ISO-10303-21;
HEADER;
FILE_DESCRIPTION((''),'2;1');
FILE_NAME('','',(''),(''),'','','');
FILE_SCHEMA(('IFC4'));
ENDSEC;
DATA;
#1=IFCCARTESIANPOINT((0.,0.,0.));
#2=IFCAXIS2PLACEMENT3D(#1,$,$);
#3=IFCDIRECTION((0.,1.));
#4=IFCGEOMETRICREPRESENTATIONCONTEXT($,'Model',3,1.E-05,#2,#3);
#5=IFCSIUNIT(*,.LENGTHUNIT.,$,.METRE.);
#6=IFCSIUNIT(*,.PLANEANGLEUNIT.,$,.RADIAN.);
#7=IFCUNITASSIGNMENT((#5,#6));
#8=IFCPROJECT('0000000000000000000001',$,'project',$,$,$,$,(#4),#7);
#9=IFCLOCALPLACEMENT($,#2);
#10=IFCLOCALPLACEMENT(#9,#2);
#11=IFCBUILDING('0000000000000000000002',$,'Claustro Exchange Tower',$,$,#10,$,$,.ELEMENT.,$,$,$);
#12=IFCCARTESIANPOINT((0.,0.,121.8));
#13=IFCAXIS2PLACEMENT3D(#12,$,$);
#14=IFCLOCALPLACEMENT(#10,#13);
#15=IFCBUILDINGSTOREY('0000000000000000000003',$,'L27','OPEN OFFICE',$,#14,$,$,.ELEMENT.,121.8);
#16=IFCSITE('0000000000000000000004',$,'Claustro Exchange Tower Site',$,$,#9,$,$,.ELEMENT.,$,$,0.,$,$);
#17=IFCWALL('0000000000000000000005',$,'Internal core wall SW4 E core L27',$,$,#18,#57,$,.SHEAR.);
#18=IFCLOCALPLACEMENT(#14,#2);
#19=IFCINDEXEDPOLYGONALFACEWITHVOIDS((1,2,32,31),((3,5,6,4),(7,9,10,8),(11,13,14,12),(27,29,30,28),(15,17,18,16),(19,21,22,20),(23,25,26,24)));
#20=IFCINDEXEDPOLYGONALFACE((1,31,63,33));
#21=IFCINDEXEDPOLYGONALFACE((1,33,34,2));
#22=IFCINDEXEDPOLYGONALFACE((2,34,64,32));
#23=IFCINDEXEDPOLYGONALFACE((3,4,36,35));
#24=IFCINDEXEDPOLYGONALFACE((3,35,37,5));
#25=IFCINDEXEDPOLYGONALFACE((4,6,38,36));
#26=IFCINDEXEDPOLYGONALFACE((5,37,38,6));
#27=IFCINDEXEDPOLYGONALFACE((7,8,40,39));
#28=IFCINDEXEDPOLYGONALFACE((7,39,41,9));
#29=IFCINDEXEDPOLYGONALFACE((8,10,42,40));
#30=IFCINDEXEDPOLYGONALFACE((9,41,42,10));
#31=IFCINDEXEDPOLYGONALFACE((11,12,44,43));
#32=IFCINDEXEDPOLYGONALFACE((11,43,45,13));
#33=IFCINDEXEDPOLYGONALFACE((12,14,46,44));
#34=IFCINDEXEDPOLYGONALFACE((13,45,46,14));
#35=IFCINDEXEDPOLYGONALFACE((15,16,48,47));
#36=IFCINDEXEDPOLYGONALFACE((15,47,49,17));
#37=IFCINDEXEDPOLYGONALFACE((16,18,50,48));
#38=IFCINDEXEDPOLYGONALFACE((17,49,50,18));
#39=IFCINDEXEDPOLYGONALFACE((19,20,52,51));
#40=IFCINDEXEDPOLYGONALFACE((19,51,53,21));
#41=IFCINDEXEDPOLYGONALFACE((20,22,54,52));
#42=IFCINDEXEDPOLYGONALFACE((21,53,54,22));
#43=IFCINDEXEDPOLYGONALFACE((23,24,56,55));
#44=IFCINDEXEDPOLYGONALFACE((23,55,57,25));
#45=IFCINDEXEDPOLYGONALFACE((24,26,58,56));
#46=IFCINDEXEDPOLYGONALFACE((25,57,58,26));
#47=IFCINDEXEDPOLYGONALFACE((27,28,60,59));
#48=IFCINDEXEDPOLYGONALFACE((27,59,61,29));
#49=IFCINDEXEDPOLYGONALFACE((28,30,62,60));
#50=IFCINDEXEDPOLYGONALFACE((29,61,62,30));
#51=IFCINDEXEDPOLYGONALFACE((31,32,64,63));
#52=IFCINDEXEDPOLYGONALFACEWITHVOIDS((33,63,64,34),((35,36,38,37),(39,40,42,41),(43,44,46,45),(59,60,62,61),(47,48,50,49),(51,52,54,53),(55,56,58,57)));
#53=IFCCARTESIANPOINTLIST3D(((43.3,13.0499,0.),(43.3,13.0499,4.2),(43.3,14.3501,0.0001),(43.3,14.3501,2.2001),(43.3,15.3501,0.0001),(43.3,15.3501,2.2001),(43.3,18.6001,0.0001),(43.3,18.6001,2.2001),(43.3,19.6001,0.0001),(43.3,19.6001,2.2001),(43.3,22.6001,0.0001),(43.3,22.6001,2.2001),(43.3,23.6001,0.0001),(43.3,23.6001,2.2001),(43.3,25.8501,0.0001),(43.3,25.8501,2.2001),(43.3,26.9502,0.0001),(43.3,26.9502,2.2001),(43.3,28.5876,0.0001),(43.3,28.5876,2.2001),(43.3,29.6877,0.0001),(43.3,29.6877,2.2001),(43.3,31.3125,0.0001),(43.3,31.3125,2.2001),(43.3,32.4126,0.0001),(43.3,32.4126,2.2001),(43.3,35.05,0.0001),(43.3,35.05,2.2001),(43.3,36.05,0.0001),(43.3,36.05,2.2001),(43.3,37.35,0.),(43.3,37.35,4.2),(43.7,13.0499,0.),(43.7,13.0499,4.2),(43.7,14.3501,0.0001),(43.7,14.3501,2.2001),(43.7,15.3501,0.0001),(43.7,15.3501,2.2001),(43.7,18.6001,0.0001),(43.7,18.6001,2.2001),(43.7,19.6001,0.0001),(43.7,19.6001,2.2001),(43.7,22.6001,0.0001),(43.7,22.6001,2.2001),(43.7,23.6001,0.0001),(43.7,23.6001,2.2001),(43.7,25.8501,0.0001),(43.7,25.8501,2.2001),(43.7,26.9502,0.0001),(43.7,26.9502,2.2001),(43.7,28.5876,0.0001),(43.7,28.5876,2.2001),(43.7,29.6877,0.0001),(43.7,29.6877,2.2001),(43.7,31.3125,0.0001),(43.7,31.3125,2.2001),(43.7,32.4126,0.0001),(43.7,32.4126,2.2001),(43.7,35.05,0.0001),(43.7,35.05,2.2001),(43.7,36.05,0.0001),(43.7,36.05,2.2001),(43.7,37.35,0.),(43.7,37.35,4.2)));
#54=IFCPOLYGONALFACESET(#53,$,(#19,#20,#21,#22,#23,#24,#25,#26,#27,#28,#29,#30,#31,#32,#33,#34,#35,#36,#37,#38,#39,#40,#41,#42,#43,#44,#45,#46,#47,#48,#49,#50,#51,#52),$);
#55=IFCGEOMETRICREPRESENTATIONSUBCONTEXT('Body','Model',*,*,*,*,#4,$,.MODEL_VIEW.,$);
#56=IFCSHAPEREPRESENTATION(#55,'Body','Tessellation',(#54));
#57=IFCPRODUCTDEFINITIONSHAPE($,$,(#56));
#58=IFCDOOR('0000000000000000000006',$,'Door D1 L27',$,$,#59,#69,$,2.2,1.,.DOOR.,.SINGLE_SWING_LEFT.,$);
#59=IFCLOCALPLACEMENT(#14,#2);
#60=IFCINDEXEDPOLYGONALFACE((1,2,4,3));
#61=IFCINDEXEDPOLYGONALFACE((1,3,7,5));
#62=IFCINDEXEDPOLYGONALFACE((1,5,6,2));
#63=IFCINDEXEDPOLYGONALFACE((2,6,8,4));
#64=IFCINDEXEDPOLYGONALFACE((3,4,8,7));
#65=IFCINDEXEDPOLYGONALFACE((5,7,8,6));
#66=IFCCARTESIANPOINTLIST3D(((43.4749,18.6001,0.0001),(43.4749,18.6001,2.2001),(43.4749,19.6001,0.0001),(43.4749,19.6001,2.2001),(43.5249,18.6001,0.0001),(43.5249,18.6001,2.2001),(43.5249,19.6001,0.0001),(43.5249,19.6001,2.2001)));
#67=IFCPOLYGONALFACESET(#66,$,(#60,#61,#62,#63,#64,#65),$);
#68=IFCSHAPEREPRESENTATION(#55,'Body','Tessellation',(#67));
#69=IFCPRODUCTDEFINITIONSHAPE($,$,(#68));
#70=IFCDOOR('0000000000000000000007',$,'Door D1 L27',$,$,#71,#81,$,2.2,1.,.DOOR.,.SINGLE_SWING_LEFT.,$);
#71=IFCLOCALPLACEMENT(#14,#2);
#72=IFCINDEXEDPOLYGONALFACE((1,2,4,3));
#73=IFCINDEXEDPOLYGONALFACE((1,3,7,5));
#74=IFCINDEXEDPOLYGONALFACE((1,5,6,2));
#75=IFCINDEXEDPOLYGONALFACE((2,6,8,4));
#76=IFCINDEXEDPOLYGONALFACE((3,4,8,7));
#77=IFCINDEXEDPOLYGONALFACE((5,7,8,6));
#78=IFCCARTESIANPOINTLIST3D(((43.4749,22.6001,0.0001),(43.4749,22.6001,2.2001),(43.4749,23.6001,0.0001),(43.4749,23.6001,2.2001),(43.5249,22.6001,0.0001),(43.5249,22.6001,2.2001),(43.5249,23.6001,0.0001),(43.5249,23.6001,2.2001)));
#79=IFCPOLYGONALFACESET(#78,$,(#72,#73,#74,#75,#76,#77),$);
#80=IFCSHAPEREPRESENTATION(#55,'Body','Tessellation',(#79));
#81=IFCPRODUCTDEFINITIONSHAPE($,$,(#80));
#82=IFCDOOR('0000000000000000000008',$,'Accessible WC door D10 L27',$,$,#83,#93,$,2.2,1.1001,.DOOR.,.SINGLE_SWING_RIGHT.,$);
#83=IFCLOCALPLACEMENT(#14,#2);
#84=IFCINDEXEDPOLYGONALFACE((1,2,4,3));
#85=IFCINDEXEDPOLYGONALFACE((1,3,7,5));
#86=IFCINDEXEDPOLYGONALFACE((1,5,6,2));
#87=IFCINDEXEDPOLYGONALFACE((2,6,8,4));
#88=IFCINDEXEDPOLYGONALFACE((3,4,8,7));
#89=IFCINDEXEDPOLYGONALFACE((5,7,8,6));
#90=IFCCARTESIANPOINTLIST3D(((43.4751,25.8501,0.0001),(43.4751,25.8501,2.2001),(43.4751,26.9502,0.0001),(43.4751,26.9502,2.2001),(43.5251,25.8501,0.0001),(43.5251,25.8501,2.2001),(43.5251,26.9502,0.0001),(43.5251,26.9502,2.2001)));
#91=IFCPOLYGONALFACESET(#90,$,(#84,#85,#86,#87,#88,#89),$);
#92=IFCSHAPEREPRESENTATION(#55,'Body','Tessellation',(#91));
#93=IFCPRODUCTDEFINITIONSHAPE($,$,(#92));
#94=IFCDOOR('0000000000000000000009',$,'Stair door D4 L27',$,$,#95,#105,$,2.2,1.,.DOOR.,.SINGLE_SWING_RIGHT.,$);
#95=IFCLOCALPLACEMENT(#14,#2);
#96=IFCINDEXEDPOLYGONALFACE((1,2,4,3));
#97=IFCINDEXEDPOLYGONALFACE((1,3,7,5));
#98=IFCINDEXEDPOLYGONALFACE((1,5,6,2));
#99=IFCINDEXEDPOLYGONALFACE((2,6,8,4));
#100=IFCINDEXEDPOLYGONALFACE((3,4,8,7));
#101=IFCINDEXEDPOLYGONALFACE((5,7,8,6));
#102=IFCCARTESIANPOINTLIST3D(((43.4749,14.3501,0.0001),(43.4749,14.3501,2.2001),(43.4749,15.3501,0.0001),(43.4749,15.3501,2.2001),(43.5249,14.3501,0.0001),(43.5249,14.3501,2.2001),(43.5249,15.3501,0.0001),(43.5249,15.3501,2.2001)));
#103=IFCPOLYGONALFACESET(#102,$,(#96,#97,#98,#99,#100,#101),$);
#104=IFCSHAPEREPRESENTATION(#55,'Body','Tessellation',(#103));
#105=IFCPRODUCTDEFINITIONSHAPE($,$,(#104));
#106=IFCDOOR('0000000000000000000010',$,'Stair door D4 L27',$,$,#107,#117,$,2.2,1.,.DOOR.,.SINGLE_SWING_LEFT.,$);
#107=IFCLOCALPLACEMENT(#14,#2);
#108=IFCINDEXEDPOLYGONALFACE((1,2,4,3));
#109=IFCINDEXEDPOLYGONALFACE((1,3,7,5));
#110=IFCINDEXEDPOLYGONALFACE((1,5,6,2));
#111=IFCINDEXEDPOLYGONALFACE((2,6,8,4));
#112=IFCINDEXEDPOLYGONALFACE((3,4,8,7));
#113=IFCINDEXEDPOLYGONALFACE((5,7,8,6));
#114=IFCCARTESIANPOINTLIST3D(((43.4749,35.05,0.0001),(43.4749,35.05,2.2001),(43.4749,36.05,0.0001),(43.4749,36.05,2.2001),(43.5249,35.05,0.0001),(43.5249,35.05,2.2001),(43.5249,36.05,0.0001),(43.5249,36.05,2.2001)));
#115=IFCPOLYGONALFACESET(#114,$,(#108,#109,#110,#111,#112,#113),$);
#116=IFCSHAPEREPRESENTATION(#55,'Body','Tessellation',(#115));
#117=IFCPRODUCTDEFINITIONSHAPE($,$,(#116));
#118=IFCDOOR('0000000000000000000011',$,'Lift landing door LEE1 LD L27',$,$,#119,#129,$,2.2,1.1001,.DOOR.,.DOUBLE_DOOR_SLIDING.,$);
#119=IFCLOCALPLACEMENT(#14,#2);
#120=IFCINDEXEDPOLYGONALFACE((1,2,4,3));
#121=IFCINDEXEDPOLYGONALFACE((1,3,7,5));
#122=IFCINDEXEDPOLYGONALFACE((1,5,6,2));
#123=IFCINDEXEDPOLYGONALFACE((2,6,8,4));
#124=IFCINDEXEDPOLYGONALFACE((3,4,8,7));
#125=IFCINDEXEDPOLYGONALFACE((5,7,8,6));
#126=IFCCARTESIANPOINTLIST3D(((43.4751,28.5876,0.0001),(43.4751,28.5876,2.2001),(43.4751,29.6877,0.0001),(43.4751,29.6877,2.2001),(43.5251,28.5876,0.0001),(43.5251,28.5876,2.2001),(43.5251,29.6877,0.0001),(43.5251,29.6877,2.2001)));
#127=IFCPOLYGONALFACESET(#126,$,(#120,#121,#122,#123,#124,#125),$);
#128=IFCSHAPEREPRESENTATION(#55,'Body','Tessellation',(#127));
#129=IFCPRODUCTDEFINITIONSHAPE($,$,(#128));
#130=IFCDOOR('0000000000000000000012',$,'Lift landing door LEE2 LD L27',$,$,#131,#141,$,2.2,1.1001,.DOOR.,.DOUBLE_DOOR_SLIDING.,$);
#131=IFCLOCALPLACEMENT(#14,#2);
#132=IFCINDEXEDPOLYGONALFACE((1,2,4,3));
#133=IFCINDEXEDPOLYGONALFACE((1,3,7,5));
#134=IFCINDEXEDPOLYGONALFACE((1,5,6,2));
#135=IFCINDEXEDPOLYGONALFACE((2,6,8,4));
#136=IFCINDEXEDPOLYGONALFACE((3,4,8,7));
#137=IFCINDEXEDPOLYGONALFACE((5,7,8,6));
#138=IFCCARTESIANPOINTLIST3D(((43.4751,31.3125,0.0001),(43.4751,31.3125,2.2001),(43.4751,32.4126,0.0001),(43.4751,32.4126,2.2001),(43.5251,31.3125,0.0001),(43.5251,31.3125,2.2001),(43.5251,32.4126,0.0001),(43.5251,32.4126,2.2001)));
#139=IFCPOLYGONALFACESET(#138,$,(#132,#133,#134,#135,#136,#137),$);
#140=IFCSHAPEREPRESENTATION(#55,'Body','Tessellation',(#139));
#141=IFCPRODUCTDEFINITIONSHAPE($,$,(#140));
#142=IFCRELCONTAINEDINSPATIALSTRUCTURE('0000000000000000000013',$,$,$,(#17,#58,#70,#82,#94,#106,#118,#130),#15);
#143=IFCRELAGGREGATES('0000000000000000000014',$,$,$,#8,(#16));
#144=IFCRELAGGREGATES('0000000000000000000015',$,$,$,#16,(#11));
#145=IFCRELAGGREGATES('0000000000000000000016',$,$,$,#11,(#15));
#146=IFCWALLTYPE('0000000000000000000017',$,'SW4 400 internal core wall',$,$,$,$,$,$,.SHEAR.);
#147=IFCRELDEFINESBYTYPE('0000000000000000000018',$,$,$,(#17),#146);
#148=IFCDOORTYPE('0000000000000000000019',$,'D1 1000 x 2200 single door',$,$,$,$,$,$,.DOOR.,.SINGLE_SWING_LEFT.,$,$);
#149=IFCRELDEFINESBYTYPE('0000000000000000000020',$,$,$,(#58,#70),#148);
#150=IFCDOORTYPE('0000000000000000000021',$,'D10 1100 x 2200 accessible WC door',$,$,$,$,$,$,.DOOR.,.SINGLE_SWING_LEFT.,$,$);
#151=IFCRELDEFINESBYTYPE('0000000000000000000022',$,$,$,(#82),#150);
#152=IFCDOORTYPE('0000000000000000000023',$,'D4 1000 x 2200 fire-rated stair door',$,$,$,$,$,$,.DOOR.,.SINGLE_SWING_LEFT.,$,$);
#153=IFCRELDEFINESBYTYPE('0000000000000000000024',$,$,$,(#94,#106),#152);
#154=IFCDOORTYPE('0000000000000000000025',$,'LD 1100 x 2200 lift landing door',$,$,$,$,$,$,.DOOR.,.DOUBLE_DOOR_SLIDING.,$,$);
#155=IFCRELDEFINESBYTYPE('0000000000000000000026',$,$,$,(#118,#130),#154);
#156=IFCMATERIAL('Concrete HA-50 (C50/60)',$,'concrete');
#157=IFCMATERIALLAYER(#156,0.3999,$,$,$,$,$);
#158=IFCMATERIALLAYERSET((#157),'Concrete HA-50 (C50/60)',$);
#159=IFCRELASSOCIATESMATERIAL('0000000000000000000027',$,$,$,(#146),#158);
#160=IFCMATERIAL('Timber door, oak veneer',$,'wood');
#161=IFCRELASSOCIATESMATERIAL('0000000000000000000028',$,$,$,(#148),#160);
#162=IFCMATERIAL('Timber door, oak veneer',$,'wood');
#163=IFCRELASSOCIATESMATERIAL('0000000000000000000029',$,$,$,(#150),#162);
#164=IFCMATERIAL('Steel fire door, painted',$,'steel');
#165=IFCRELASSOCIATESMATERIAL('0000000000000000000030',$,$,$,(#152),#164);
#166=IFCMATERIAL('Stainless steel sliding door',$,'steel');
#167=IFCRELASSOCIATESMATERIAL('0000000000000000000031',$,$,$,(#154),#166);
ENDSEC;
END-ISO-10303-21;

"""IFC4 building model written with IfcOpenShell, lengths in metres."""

from ifc_helpers import new_model, si_unit, direction, frame, frame_2d, origin, place, context, subcontext, project, spatial, rectangle, extrude, material, layer, layer_set, type_object, element, fill, save


model = new_model("IFC4")

# Units and contexts
model_context = context("Model", 3, precision=1e-05, world=origin(), true_north=direction((0.0, 1.0)))
body_context = subcontext(model_context, "Body", "Model", "MODEL_VIEW")
ifc_project = project(units=[si_unit("LENGTHUNIT", "METRE"), si_unit("PLANEANGLEUNIT", "RADIAN")], contexts=[model_context])

# Site, building, storey
site_placement = place(None, origin())
site = spatial("IfcSite", under=ifc_project, at=site_placement, Name="Claustro Exchange Tower Site", CompositionType="ELEMENT", RefElevation=0.0)
building_placement = place(site_placement, origin())
building = spatial("IfcBuilding", under=site, at=building_placement, Name="Claustro Exchange Tower", CompositionType="ELEMENT")
storey_placement = place(building_placement, frame((0.0, 0.0, 121.8)))
storey = spatial("IfcBuildingStorey", under=building, at=storey_placement, Name="L27", Description="OPEN OFFICE", CompositionType="ELEMENT", Elevation=121.8)

# Wall, openings, doors
ifc_material_1 = material(Name="Concrete HA-50 (C50/60)", Category="concrete")
ifc_layer_1 = layer(ifc_material_1, 0.3999)
ifc_layer_set_1 = layer_set([ifc_layer_1], Name="Concrete HA-50 (C50/60)")
wall_type_1 = type_object("IfcWallType", Name="SW4 400 internal core wall", PredefinedType="SHEAR", material=ifc_layer_set_1)
wall_1_placement = place(storey_placement, frame((43.5, 13.05, 0.0), z_axis=(0.0, 0.0, 1.0), x_axis=(0.0, 1.0, 0.0)))
wall_1 = element("IfcWall", 1, at=wall_1_placement, inside=storey, type_object=wall_type_1, Name="Internal core wall SW4 E core L27", PredefinedType="SHEAR", context=body_context, shape_type="SweptSolid", body=[
    extrude(rectangle(XDim=24.3, YDim=0.3999, at=frame_2d((12.1499, 0.0))), origin(), (0.0, 0.0, 1.0), 4.2),
])
opening_1_placement = place(wall_1_placement, frame((1.3, 0.0, 0.0)))
opening_1 = element("IfcOpeningElement", 2, at=opening_1_placement, cuts=wall_1, PredefinedType="OPENING", context=body_context, shape_type="SweptSolid", body=[
    extrude(rectangle(XDim=1.0, YDim=2.2, at=frame_2d((0.5, 1.1001))), frame((0.0, 0.21, 0.0), z_axis=(0.0, -1.0, 0.0), x_axis=(1.0, 0.0, 0.0)), (0.0, 0.0, 1.0), 0.4199),
])
opening_2_placement = place(wall_1_placement, frame((22.0, 0.0, 0.0)))
opening_2 = element("IfcOpeningElement", 3, at=opening_2_placement, cuts=wall_1, PredefinedType="OPENING", context=body_context, shape_type="SweptSolid", body=[
    extrude(rectangle(XDim=1.0, YDim=2.2, at=frame_2d((0.5, 1.1001))), frame((0.0, 0.21, 0.0), z_axis=(0.0, -1.0, 0.0), x_axis=(1.0, 0.0, 0.0)), (0.0, 0.0, 1.0), 0.4199),
])
opening_3_placement = place(wall_1_placement, frame((5.55, 0.0, 0.0)))
opening_3 = element("IfcOpeningElement", 4, at=opening_3_placement, cuts=wall_1, PredefinedType="OPENING", context=body_context, shape_type="SweptSolid", body=[
    extrude(rectangle(XDim=1.0, YDim=2.2, at=frame_2d((0.5, 1.1001))), frame((0.0, 0.21, 0.0), z_axis=(0.0, -1.0, 0.0), x_axis=(1.0, 0.0, 0.0)), (0.0, 0.0, 1.0), 0.4199),
])
opening_4_placement = place(wall_1_placement, frame((9.55, 0.0, 0.0)))
opening_4 = element("IfcOpeningElement", 5, at=opening_4_placement, cuts=wall_1, PredefinedType="OPENING", context=body_context, shape_type="SweptSolid", body=[
    extrude(rectangle(XDim=1.0, YDim=2.2, at=frame_2d((0.5, 1.1001))), frame((0.0, 0.21, 0.0), z_axis=(0.0, -1.0, 0.0), x_axis=(1.0, 0.0, 0.0)), (0.0, 0.0, 1.0), 0.4199),
])
opening_5_placement = place(wall_1_placement, frame((12.8, 0.0, 0.0)))
opening_5 = element("IfcOpeningElement", 6, at=opening_5_placement, cuts=wall_1, PredefinedType="OPENING", context=body_context, shape_type="SweptSolid", body=[
    extrude(rectangle(XDim=1.1001, YDim=2.2, at=frame_2d((0.55, 1.1001))), frame((0.0, 0.21, 0.0), z_axis=(0.0, -1.0, 0.0), x_axis=(1.0, 0.0, 0.0)), (0.0, 0.0, 1.0), 0.4199),
])
opening_6_placement = place(wall_1_placement, frame((15.5376, 0.0, 0.0)))
opening_6 = element("IfcOpeningElement", 7, at=opening_6_placement, cuts=wall_1, PredefinedType="OPENING", context=body_context, shape_type="SweptSolid", body=[
    extrude(rectangle(XDim=1.1001, YDim=2.2, at=frame_2d((0.55, 1.1001))), frame((0.0, 0.21, 0.0), z_axis=(0.0, -1.0, 0.0), x_axis=(1.0, 0.0, 0.0)), (0.0, 0.0, 1.0), 0.4199),
])
opening_7_placement = place(wall_1_placement, frame((18.2625, 0.0, 0.0)))
opening_7 = element("IfcOpeningElement", 8, at=opening_7_placement, cuts=wall_1, PredefinedType="OPENING", context=body_context, shape_type="SweptSolid", body=[
    extrude(rectangle(XDim=1.1001, YDim=2.2, at=frame_2d((0.55, 1.1001))), frame((0.0, 0.21, 0.0), z_axis=(0.0, -1.0, 0.0), x_axis=(1.0, 0.0, 0.0)), (0.0, 0.0, 1.0), 0.4199),
])
ifc_material_2 = material(Name="Timber door, oak veneer", Category="wood")
door_type_1 = type_object("IfcDoorType", Name="D1 1000 x 2200 single door", OperationType="SINGLE_SWING_LEFT", PredefinedType="DOOR", material=ifc_material_2)
door_1_placement = place(opening_3_placement, frame((1.0, 0.0, 0.0), z_axis=(0.0, 0.0, 1.0), x_axis=(-1.0, 0.0, 0.0)))
door_1 = element("IfcDoor", 9, at=door_1_placement, inside=storey, type_object=door_type_1, Name="Door D1 L27", OperationType="SINGLE_SWING_LEFT", OverallHeight=2.2, OverallWidth=1.0, PredefinedType="DOOR", context=body_context, shape_type="SweptSolid", body=[
    extrude(rectangle(XDim=1.0, YDim=2.2, at=frame_2d((0.5, 1.1001))), frame((0.0, 0.0249, 0.0), z_axis=(0.0, -1.0, 0.0), x_axis=(1.0, 0.0, 0.0)), (0.0, 0.0, 1.0), 0.05),
])
fill(opening_3, door_1)
door_2_placement = place(opening_4_placement, frame((1.0, 0.0, 0.0), z_axis=(0.0, 0.0, 1.0), x_axis=(-1.0, 0.0, 0.0)))
door_2 = element("IfcDoor", 10, at=door_2_placement, inside=storey, type_object=door_type_1, Name="Door D1 L27", OperationType="SINGLE_SWING_LEFT", OverallHeight=2.2, OverallWidth=1.0, PredefinedType="DOOR", context=body_context, shape_type="SweptSolid", body=[
    extrude(rectangle(XDim=1.0, YDim=2.2, at=frame_2d((0.5, 1.1001))), frame((0.0, 0.0249, 0.0), z_axis=(0.0, -1.0, 0.0), x_axis=(1.0, 0.0, 0.0)), (0.0, 0.0, 1.0), 0.05),
])
fill(opening_4, door_2)
ifc_material_3 = material(Name="Timber door, oak veneer", Category="wood")
door_type_2 = type_object("IfcDoorType", Name="D10 1100 x 2200 accessible WC door", OperationType="SINGLE_SWING_LEFT", PredefinedType="DOOR", material=ifc_material_3)
door_3_placement = place(opening_5_placement, origin())
door_3 = element("IfcDoor", 11, at=door_3_placement, inside=storey, type_object=door_type_2, Name="Accessible WC door D10 L27", OperationType="SINGLE_SWING_RIGHT", OverallHeight=2.2, OverallWidth=1.1001, PredefinedType="DOOR", context=body_context, shape_type="SweptSolid", body=[
    extrude(rectangle(XDim=1.1001, YDim=2.2, at=frame_2d((0.55, 1.1001))), frame((0.0, 0.0249, 0.0), z_axis=(0.0, -1.0, 0.0), x_axis=(1.0, 0.0, 0.0)), (0.0, 0.0, 1.0), 0.05),
])
fill(opening_5, door_3)
ifc_material_4 = material(Name="Steel fire door, painted", Category="steel")
door_type_3 = type_object("IfcDoorType", Name="D4 1000 x 2200 fire-rated stair door", OperationType="SINGLE_SWING_LEFT", PredefinedType="DOOR", material=ifc_material_4)
door_4_placement = place(opening_1_placement, frame((1.0, 0.0, 0.0), z_axis=(0.0, 0.0, 1.0), x_axis=(-1.0, 0.0, 0.0)))
door_4 = element("IfcDoor", 12, at=door_4_placement, inside=storey, type_object=door_type_3, Name="Stair door D4 L27", OperationType="SINGLE_SWING_RIGHT", OverallHeight=2.2, OverallWidth=1.0, PredefinedType="DOOR", context=body_context, shape_type="SweptSolid", body=[
    extrude(rectangle(XDim=1.0, YDim=2.2, at=frame_2d((0.5, 1.1001))), frame((0.0, 0.0249, 0.0), z_axis=(0.0, -1.0, 0.0), x_axis=(1.0, 0.0, 0.0)), (0.0, 0.0, 1.0), 0.05),
])
fill(opening_1, door_4)
door_5_placement = place(opening_2_placement, frame((1.0, 0.0, 0.0), z_axis=(0.0, 0.0, 1.0), x_axis=(-1.0, 0.0, 0.0)))
door_5 = element("IfcDoor", 13, at=door_5_placement, inside=storey, type_object=door_type_3, Name="Stair door D4 L27", OperationType="SINGLE_SWING_LEFT", OverallHeight=2.2, OverallWidth=1.0, PredefinedType="DOOR", context=body_context, shape_type="SweptSolid", body=[
    extrude(rectangle(XDim=1.0, YDim=2.2, at=frame_2d((0.5, 1.1001))), frame((0.0, 0.0249, 0.0), z_axis=(0.0, -1.0, 0.0), x_axis=(1.0, 0.0, 0.0)), (0.0, 0.0, 1.0), 0.05),
])
fill(opening_2, door_5)
ifc_material_5 = material(Name="Stainless steel sliding door", Category="steel")
door_type_4 = type_object("IfcDoorType", Name="LD 1100 x 2200 lift landing door", OperationType="DOUBLE_DOOR_SLIDING", PredefinedType="DOOR", material=ifc_material_5)
door_6_placement = place(opening_6_placement, origin())
door_6 = element("IfcDoor", 14, at=door_6_placement, inside=storey, type_object=door_type_4, Name="Lift landing door LEE1 LD L27", OperationType="DOUBLE_DOOR_SLIDING", OverallHeight=2.2, OverallWidth=1.1001, PredefinedType="DOOR", context=body_context, shape_type="SweptSolid", body=[
    extrude(rectangle(XDim=1.1001, YDim=2.2, at=frame_2d((0.55, 1.1001))), frame((0.0, 0.0249, 0.0), z_axis=(0.0, -1.0, 0.0), x_axis=(1.0, 0.0, 0.0)), (0.0, 0.0, 1.0), 0.05),
])
fill(opening_6, door_6)
door_7_placement = place(opening_7_placement, origin())
door_7 = element("IfcDoor", 15, at=door_7_placement, inside=storey, type_object=door_type_4, Name="Lift landing door LEE2 LD L27", OperationType="DOUBLE_DOOR_SLIDING", OverallHeight=2.2, OverallWidth=1.1001, PredefinedType="DOOR", context=body_context, shape_type="SweptSolid", body=[
    extrude(rectangle(XDim=1.1001, YDim=2.2, at=frame_2d((0.55, 1.1001))), frame((0.0, 0.0249, 0.0), z_axis=(0.0, -1.0, 0.0), x_axis=(1.0, 0.0, 0.0)), (0.0, 0.0, 1.0), 0.05),
])
fill(opening_7, door_7)

save(model, "model.ifc")
